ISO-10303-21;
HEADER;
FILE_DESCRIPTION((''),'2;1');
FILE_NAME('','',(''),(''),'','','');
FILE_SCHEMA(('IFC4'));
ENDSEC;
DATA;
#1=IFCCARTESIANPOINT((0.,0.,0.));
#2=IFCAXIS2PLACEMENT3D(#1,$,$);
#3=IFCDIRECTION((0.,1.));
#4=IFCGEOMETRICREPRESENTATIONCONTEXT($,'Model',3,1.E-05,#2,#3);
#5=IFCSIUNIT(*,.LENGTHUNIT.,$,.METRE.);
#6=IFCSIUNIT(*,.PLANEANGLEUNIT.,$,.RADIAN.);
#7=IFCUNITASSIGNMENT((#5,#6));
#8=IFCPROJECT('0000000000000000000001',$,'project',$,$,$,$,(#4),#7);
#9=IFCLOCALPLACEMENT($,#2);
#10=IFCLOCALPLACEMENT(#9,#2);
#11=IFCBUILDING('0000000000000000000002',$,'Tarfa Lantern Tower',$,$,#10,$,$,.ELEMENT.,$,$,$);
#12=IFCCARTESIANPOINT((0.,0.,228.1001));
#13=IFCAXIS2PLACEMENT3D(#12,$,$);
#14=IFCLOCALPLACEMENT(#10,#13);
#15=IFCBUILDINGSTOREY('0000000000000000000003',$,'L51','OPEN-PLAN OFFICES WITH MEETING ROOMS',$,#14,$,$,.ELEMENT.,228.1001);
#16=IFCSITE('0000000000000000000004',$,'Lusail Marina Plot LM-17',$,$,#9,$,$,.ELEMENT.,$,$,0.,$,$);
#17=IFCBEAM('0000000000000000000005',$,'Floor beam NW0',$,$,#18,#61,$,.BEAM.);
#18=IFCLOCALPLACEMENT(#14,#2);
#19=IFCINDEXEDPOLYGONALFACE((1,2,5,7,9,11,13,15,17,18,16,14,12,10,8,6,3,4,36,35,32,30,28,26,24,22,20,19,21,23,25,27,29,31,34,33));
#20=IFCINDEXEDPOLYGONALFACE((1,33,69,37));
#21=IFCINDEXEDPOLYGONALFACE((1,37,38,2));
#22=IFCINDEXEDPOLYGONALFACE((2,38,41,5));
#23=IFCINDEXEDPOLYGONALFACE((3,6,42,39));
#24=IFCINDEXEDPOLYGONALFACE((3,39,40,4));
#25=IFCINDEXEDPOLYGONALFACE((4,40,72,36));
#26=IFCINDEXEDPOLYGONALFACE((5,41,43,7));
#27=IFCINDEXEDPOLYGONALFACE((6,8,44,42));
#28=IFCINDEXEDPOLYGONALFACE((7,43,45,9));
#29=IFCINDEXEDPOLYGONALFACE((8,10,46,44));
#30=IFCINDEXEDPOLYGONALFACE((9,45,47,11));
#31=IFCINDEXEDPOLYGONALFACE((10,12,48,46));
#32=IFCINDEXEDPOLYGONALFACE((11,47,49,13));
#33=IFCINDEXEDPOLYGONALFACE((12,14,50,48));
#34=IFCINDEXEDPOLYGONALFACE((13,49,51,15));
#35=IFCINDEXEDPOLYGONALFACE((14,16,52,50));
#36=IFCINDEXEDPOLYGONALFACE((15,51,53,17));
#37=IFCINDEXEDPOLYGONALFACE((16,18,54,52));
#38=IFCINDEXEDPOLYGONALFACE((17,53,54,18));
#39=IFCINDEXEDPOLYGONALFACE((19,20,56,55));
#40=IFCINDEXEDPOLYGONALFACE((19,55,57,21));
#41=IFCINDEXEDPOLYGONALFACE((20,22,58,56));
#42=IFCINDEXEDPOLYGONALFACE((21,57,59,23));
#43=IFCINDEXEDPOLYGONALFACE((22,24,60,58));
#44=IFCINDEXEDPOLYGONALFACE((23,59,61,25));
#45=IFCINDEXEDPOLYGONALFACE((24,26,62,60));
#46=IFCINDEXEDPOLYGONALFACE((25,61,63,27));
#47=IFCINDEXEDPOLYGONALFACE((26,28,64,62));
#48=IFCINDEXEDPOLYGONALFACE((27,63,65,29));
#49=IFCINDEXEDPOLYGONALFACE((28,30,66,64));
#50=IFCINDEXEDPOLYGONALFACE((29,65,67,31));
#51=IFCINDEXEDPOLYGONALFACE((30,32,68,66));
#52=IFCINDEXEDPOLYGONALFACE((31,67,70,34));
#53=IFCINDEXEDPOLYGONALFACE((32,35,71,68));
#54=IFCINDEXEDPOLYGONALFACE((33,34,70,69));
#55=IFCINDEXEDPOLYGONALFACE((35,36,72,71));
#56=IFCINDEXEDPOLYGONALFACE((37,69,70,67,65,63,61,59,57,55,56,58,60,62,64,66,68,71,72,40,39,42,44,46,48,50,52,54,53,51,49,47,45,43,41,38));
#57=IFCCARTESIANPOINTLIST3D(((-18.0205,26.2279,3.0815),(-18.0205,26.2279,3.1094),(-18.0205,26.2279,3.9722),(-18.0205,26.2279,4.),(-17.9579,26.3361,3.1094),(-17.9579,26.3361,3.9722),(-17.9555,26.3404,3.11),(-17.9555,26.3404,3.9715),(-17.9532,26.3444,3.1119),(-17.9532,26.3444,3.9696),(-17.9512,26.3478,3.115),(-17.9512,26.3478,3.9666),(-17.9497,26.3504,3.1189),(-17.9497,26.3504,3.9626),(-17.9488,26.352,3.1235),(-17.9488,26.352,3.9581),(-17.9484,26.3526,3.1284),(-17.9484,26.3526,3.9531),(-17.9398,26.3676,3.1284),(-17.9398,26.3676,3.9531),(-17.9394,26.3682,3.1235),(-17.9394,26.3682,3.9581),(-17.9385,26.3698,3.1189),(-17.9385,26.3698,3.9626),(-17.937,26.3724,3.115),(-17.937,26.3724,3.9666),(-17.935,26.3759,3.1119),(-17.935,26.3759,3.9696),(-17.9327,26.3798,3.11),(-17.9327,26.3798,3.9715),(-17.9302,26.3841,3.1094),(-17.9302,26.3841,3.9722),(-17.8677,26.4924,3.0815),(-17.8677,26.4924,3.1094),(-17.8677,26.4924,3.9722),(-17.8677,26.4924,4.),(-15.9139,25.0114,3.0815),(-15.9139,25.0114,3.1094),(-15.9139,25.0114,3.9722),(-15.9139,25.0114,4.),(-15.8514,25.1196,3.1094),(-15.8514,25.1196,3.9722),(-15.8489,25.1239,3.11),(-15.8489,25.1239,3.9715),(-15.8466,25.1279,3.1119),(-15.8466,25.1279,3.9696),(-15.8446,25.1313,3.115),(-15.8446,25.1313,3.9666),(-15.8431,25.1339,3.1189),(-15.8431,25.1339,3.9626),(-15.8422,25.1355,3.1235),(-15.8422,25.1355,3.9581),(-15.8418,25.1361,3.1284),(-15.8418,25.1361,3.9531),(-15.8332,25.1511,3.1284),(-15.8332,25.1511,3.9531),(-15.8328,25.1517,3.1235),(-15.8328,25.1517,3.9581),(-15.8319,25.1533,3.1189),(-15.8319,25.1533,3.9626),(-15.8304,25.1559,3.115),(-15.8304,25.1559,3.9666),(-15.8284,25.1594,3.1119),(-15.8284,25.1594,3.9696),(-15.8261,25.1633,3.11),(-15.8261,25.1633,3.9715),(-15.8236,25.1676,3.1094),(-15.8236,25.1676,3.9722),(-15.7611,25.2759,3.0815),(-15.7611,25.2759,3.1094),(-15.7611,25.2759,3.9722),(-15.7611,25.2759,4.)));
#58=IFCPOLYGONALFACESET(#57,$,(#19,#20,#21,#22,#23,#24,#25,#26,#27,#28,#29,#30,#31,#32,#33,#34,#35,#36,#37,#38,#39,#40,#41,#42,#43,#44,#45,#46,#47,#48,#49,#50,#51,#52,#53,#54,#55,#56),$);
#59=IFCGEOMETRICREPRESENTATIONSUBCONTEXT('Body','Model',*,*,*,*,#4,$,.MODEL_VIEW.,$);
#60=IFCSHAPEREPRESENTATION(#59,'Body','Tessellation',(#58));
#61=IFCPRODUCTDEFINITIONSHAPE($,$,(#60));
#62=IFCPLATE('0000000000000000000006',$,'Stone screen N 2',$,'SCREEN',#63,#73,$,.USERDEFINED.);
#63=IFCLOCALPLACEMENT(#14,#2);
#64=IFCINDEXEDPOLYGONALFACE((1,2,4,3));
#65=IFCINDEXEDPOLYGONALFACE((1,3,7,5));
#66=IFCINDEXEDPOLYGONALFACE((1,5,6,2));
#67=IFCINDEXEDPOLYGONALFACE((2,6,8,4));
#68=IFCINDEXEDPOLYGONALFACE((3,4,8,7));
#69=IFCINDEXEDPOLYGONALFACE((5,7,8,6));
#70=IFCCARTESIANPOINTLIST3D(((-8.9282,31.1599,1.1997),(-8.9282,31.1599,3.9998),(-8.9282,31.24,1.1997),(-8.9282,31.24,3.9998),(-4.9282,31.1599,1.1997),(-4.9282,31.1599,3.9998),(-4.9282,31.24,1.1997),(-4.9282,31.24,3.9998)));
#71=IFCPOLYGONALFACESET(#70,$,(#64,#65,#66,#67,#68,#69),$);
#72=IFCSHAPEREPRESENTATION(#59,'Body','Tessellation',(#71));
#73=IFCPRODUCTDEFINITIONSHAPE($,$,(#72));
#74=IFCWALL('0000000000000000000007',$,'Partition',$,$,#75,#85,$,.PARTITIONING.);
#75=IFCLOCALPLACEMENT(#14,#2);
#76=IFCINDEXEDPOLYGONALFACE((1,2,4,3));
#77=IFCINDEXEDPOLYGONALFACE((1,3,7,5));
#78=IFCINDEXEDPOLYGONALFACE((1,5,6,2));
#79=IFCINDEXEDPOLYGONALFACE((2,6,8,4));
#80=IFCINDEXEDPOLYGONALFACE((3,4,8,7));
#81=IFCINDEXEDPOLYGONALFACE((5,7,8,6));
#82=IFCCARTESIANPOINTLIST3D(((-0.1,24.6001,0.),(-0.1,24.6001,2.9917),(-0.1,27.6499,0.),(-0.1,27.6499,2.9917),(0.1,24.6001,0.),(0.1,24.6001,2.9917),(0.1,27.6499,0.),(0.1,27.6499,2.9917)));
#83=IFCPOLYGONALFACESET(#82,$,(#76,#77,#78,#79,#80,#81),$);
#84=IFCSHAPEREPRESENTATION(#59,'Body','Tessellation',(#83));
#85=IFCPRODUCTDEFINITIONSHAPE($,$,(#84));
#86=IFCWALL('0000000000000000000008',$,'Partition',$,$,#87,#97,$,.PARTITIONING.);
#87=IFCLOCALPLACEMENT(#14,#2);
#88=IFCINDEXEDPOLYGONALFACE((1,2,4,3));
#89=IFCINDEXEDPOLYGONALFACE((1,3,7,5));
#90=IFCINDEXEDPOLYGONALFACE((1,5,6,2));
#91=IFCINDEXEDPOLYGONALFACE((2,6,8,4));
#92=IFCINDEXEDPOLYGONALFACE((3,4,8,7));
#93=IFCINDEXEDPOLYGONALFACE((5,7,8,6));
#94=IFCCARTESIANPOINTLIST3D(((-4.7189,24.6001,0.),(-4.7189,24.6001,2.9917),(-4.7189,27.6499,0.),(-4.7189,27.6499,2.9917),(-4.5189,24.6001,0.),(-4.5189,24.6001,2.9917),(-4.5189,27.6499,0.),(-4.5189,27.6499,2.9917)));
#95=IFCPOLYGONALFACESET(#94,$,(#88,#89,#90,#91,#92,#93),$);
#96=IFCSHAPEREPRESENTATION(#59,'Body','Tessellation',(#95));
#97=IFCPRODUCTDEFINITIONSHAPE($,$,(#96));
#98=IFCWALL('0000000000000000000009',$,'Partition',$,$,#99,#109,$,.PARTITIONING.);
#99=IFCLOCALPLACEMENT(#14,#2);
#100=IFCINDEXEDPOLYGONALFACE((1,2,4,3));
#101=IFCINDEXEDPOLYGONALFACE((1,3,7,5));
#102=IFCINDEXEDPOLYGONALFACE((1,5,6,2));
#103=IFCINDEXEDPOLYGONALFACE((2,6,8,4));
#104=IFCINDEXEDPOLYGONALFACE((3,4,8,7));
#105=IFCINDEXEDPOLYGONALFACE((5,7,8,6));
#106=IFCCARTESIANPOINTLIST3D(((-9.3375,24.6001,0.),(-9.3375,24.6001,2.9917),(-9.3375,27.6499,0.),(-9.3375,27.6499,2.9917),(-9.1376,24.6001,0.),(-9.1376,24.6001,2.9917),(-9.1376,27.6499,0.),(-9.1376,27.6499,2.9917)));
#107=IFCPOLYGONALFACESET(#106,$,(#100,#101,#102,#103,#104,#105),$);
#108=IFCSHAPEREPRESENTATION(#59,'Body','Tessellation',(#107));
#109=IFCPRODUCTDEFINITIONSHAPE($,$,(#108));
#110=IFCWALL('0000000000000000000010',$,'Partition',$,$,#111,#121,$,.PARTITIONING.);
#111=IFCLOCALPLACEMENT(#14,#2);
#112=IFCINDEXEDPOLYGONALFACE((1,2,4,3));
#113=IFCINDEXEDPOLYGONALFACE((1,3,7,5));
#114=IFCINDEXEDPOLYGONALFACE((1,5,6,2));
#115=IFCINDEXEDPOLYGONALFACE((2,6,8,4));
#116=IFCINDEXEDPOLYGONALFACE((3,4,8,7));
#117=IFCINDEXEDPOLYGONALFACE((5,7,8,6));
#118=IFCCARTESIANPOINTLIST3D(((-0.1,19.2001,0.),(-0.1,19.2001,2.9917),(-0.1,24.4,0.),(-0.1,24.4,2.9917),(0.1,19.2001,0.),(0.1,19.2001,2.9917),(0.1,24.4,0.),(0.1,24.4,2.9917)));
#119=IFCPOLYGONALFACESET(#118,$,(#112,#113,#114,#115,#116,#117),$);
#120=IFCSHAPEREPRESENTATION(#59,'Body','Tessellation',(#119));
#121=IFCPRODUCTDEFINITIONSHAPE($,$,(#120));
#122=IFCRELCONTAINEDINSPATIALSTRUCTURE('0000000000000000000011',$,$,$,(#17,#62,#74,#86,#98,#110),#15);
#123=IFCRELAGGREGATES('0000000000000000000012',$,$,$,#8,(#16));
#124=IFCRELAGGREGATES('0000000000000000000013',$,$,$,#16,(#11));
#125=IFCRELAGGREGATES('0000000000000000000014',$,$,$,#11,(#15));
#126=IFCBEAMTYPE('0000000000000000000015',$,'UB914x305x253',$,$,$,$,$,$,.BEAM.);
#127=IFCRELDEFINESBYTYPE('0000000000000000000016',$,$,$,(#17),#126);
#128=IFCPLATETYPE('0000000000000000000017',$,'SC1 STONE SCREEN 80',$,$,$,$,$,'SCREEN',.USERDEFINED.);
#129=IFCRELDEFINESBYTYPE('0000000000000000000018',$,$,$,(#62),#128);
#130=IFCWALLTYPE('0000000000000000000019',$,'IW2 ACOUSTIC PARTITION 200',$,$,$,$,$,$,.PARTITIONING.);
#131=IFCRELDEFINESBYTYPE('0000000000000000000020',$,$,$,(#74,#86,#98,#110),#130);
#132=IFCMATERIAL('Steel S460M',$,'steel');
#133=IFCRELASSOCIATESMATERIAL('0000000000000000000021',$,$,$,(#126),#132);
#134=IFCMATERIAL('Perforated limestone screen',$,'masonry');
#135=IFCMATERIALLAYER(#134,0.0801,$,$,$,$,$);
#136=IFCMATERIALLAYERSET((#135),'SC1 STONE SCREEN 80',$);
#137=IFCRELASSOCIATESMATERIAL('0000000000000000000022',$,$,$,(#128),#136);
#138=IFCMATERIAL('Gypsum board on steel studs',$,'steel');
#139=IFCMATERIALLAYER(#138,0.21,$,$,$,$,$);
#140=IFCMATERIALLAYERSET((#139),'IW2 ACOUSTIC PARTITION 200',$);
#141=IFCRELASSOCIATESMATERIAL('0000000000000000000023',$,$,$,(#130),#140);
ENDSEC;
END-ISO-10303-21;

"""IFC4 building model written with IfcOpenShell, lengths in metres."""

from ifc_helpers import new_model, si_unit, direction, frame, frame_2d, origin, origin_2d, place, context, subcontext, project, spatial, rectangle, i_section, extrude, material, layer, layer_set, material_profile, profile_set, type_object, element, save


model = new_model("IFC4")

# Units and contexts
model_context = context("Model", 3, precision=1e-05, world=origin(), true_north=direction((0.0, 1.0)))
body_context = subcontext(model_context, "Body", "Model", "MODEL_VIEW")
ifc_project = project(units=[si_unit("LENGTHUNIT", "METRE"), si_unit("PLANEANGLEUNIT", "RADIAN")], contexts=[model_context])

# Site, building, storey
site_placement = place(None, origin())
site = spatial("IfcSite", under=ifc_project, at=site_placement, Name="Lusail Marina Plot LM-17", CompositionType="ELEMENT", RefElevation=0.0)
building_placement = place(site_placement, origin())
building = spatial("IfcBuilding", under=site, at=building_placement, Name="Tarfa Lantern Tower", CompositionType="ELEMENT")
storey_placement = place(building_placement, frame((0.0, 0.0, 228.1001)))
storey = spatial("IfcBuildingStorey", under=building, at=storey_placement, Name="L51", Description="OPEN-PLAN OFFICES WITH MEETING ROOMS", CompositionType="ELEMENT", Elevation=228.1001)

# Beam
ifc_material_1 = material(Name="Steel S460M", Category="steel")
ifc_material_profile_1 = material_profile(ifc_material_1, i_section(OverallWidth=0.3054, OverallDepth=0.9185, WebThickness=0.0173, FlangeThickness=0.0278, FilletRadius=0.019, at=origin_2d()), Name="UB914x305x253")
ifc_profile_set_1 = profile_set([ifc_material_profile_1], Name="Steel S460M")
beam_type_1 = type_object("IfcBeamType", Name="UB914x305x253", PredefinedType="BEAM", material=ifc_profile_set_1)
beam_1_placement = place(storey_placement, frame((-17.9441, 26.3601, 3.5408), z_axis=(0.86598, -0.500079, 0.0), x_axis=(0.500079, 0.86598, 0.0)))
element("IfcBeam", 1, at=beam_1_placement, inside=storey, type_object=beam_type_1, Name="Floor beam NW0", PredefinedType="BEAM", context=body_context, shape_type="SweptSolid", body=[
    extrude(i_section(OverallWidth=0.3054, OverallDepth=0.9185, WebThickness=0.0173, FlangeThickness=0.0278, FilletRadius=0.019, at=origin_2d()), origin(), (0.0, 0.0, 1.0), 2.4326),
])

# Plate
ifc_material_2 = material(Name="Perforated limestone screen", Category="masonry")
ifc_layer_1 = layer(ifc_material_2, 0.0801)
ifc_layer_set_1 = layer_set([ifc_layer_1], Name="SC1 STONE SCREEN 80")
plate_type = type_object("IfcPlateType", Name="SC1 STONE SCREEN 80", ElementType="SCREEN", PredefinedType="USERDEFINED", material=ifc_layer_set_1)
plate_placement = place(storey_placement, frame((-6.9282, 31.2, 1.1997), z_axis=(0.0, 0.0, 1.0), x_axis=(-1.0, 0.0, 0.0)))
element("IfcPlate", 2, at=plate_placement, inside=storey, type_object=plate_type, Name="Stone screen N 2", ObjectType="SCREEN", PredefinedType="USERDEFINED", context=body_context, shape_type="SweptSolid", body=[
    extrude(rectangle(XDim=4.0, YDim=0.0801, at=origin_2d()), origin(), (0.0, 0.0, 1.0), 2.8),
])

# Walls
ifc_material_3 = material(Name="Gypsum board on steel studs", Category="steel")
ifc_layer_2 = layer(ifc_material_3, 0.21)
ifc_layer_set_2 = layer_set([ifc_layer_2], Name="IW2 ACOUSTIC PARTITION 200")
wall_type = type_object("IfcWallType", Name="IW2 ACOUSTIC PARTITION 200", PredefinedType="PARTITIONING", material=ifc_layer_set_2)
for number, where, z_axis, x_axis, name in (
    (3, (0.0, 24.6001, 0.0), (0.0, 0.0, 1.0), (0.0, 1.0, 0.0), "Partition"),
    (4, (-4.6189, 24.6001, 0.0), (0.0, 0.0, 1.0), (0.0, 1.0, 0.0), "Partition"),
    (5, (-9.2375, 24.6001, 0.0), (0.0, 0.0, 1.0), (0.0, 1.0, 0.0), "Partition"),
):
    element("IfcWall", number, at=place(storey_placement, frame(where, z_axis=z_axis, x_axis=x_axis)), inside=storey, type_object=wall_type, Name=name, PredefinedType="PARTITIONING", context=body_context, shape_type="SweptSolid", body=[
        extrude(rectangle(XDim=3.0498, YDim=0.2, at=frame_2d((1.5249, 0.0))), origin(), (0.0, 0.0, 1.0), 2.9917),
    ])
wall_placement = place(storey_placement, frame((0.0, 19.2, 0.0), z_axis=(0.0, 0.0, 1.0), x_axis=(0.0, 1.0, 0.0)))
element("IfcWall", 6, at=wall_placement, inside=storey, type_object=wall_type, Name="Partition", PredefinedType="PARTITIONING", context=body_context, shape_type="SweptSolid", body=[
    extrude(rectangle(XDim=5.2, YDim=0.2, at=frame_2d((2.6001, 0.0))), origin(), (0.0, 0.0, 1.0), 2.9917),
])

save(model, "model.ifc")
